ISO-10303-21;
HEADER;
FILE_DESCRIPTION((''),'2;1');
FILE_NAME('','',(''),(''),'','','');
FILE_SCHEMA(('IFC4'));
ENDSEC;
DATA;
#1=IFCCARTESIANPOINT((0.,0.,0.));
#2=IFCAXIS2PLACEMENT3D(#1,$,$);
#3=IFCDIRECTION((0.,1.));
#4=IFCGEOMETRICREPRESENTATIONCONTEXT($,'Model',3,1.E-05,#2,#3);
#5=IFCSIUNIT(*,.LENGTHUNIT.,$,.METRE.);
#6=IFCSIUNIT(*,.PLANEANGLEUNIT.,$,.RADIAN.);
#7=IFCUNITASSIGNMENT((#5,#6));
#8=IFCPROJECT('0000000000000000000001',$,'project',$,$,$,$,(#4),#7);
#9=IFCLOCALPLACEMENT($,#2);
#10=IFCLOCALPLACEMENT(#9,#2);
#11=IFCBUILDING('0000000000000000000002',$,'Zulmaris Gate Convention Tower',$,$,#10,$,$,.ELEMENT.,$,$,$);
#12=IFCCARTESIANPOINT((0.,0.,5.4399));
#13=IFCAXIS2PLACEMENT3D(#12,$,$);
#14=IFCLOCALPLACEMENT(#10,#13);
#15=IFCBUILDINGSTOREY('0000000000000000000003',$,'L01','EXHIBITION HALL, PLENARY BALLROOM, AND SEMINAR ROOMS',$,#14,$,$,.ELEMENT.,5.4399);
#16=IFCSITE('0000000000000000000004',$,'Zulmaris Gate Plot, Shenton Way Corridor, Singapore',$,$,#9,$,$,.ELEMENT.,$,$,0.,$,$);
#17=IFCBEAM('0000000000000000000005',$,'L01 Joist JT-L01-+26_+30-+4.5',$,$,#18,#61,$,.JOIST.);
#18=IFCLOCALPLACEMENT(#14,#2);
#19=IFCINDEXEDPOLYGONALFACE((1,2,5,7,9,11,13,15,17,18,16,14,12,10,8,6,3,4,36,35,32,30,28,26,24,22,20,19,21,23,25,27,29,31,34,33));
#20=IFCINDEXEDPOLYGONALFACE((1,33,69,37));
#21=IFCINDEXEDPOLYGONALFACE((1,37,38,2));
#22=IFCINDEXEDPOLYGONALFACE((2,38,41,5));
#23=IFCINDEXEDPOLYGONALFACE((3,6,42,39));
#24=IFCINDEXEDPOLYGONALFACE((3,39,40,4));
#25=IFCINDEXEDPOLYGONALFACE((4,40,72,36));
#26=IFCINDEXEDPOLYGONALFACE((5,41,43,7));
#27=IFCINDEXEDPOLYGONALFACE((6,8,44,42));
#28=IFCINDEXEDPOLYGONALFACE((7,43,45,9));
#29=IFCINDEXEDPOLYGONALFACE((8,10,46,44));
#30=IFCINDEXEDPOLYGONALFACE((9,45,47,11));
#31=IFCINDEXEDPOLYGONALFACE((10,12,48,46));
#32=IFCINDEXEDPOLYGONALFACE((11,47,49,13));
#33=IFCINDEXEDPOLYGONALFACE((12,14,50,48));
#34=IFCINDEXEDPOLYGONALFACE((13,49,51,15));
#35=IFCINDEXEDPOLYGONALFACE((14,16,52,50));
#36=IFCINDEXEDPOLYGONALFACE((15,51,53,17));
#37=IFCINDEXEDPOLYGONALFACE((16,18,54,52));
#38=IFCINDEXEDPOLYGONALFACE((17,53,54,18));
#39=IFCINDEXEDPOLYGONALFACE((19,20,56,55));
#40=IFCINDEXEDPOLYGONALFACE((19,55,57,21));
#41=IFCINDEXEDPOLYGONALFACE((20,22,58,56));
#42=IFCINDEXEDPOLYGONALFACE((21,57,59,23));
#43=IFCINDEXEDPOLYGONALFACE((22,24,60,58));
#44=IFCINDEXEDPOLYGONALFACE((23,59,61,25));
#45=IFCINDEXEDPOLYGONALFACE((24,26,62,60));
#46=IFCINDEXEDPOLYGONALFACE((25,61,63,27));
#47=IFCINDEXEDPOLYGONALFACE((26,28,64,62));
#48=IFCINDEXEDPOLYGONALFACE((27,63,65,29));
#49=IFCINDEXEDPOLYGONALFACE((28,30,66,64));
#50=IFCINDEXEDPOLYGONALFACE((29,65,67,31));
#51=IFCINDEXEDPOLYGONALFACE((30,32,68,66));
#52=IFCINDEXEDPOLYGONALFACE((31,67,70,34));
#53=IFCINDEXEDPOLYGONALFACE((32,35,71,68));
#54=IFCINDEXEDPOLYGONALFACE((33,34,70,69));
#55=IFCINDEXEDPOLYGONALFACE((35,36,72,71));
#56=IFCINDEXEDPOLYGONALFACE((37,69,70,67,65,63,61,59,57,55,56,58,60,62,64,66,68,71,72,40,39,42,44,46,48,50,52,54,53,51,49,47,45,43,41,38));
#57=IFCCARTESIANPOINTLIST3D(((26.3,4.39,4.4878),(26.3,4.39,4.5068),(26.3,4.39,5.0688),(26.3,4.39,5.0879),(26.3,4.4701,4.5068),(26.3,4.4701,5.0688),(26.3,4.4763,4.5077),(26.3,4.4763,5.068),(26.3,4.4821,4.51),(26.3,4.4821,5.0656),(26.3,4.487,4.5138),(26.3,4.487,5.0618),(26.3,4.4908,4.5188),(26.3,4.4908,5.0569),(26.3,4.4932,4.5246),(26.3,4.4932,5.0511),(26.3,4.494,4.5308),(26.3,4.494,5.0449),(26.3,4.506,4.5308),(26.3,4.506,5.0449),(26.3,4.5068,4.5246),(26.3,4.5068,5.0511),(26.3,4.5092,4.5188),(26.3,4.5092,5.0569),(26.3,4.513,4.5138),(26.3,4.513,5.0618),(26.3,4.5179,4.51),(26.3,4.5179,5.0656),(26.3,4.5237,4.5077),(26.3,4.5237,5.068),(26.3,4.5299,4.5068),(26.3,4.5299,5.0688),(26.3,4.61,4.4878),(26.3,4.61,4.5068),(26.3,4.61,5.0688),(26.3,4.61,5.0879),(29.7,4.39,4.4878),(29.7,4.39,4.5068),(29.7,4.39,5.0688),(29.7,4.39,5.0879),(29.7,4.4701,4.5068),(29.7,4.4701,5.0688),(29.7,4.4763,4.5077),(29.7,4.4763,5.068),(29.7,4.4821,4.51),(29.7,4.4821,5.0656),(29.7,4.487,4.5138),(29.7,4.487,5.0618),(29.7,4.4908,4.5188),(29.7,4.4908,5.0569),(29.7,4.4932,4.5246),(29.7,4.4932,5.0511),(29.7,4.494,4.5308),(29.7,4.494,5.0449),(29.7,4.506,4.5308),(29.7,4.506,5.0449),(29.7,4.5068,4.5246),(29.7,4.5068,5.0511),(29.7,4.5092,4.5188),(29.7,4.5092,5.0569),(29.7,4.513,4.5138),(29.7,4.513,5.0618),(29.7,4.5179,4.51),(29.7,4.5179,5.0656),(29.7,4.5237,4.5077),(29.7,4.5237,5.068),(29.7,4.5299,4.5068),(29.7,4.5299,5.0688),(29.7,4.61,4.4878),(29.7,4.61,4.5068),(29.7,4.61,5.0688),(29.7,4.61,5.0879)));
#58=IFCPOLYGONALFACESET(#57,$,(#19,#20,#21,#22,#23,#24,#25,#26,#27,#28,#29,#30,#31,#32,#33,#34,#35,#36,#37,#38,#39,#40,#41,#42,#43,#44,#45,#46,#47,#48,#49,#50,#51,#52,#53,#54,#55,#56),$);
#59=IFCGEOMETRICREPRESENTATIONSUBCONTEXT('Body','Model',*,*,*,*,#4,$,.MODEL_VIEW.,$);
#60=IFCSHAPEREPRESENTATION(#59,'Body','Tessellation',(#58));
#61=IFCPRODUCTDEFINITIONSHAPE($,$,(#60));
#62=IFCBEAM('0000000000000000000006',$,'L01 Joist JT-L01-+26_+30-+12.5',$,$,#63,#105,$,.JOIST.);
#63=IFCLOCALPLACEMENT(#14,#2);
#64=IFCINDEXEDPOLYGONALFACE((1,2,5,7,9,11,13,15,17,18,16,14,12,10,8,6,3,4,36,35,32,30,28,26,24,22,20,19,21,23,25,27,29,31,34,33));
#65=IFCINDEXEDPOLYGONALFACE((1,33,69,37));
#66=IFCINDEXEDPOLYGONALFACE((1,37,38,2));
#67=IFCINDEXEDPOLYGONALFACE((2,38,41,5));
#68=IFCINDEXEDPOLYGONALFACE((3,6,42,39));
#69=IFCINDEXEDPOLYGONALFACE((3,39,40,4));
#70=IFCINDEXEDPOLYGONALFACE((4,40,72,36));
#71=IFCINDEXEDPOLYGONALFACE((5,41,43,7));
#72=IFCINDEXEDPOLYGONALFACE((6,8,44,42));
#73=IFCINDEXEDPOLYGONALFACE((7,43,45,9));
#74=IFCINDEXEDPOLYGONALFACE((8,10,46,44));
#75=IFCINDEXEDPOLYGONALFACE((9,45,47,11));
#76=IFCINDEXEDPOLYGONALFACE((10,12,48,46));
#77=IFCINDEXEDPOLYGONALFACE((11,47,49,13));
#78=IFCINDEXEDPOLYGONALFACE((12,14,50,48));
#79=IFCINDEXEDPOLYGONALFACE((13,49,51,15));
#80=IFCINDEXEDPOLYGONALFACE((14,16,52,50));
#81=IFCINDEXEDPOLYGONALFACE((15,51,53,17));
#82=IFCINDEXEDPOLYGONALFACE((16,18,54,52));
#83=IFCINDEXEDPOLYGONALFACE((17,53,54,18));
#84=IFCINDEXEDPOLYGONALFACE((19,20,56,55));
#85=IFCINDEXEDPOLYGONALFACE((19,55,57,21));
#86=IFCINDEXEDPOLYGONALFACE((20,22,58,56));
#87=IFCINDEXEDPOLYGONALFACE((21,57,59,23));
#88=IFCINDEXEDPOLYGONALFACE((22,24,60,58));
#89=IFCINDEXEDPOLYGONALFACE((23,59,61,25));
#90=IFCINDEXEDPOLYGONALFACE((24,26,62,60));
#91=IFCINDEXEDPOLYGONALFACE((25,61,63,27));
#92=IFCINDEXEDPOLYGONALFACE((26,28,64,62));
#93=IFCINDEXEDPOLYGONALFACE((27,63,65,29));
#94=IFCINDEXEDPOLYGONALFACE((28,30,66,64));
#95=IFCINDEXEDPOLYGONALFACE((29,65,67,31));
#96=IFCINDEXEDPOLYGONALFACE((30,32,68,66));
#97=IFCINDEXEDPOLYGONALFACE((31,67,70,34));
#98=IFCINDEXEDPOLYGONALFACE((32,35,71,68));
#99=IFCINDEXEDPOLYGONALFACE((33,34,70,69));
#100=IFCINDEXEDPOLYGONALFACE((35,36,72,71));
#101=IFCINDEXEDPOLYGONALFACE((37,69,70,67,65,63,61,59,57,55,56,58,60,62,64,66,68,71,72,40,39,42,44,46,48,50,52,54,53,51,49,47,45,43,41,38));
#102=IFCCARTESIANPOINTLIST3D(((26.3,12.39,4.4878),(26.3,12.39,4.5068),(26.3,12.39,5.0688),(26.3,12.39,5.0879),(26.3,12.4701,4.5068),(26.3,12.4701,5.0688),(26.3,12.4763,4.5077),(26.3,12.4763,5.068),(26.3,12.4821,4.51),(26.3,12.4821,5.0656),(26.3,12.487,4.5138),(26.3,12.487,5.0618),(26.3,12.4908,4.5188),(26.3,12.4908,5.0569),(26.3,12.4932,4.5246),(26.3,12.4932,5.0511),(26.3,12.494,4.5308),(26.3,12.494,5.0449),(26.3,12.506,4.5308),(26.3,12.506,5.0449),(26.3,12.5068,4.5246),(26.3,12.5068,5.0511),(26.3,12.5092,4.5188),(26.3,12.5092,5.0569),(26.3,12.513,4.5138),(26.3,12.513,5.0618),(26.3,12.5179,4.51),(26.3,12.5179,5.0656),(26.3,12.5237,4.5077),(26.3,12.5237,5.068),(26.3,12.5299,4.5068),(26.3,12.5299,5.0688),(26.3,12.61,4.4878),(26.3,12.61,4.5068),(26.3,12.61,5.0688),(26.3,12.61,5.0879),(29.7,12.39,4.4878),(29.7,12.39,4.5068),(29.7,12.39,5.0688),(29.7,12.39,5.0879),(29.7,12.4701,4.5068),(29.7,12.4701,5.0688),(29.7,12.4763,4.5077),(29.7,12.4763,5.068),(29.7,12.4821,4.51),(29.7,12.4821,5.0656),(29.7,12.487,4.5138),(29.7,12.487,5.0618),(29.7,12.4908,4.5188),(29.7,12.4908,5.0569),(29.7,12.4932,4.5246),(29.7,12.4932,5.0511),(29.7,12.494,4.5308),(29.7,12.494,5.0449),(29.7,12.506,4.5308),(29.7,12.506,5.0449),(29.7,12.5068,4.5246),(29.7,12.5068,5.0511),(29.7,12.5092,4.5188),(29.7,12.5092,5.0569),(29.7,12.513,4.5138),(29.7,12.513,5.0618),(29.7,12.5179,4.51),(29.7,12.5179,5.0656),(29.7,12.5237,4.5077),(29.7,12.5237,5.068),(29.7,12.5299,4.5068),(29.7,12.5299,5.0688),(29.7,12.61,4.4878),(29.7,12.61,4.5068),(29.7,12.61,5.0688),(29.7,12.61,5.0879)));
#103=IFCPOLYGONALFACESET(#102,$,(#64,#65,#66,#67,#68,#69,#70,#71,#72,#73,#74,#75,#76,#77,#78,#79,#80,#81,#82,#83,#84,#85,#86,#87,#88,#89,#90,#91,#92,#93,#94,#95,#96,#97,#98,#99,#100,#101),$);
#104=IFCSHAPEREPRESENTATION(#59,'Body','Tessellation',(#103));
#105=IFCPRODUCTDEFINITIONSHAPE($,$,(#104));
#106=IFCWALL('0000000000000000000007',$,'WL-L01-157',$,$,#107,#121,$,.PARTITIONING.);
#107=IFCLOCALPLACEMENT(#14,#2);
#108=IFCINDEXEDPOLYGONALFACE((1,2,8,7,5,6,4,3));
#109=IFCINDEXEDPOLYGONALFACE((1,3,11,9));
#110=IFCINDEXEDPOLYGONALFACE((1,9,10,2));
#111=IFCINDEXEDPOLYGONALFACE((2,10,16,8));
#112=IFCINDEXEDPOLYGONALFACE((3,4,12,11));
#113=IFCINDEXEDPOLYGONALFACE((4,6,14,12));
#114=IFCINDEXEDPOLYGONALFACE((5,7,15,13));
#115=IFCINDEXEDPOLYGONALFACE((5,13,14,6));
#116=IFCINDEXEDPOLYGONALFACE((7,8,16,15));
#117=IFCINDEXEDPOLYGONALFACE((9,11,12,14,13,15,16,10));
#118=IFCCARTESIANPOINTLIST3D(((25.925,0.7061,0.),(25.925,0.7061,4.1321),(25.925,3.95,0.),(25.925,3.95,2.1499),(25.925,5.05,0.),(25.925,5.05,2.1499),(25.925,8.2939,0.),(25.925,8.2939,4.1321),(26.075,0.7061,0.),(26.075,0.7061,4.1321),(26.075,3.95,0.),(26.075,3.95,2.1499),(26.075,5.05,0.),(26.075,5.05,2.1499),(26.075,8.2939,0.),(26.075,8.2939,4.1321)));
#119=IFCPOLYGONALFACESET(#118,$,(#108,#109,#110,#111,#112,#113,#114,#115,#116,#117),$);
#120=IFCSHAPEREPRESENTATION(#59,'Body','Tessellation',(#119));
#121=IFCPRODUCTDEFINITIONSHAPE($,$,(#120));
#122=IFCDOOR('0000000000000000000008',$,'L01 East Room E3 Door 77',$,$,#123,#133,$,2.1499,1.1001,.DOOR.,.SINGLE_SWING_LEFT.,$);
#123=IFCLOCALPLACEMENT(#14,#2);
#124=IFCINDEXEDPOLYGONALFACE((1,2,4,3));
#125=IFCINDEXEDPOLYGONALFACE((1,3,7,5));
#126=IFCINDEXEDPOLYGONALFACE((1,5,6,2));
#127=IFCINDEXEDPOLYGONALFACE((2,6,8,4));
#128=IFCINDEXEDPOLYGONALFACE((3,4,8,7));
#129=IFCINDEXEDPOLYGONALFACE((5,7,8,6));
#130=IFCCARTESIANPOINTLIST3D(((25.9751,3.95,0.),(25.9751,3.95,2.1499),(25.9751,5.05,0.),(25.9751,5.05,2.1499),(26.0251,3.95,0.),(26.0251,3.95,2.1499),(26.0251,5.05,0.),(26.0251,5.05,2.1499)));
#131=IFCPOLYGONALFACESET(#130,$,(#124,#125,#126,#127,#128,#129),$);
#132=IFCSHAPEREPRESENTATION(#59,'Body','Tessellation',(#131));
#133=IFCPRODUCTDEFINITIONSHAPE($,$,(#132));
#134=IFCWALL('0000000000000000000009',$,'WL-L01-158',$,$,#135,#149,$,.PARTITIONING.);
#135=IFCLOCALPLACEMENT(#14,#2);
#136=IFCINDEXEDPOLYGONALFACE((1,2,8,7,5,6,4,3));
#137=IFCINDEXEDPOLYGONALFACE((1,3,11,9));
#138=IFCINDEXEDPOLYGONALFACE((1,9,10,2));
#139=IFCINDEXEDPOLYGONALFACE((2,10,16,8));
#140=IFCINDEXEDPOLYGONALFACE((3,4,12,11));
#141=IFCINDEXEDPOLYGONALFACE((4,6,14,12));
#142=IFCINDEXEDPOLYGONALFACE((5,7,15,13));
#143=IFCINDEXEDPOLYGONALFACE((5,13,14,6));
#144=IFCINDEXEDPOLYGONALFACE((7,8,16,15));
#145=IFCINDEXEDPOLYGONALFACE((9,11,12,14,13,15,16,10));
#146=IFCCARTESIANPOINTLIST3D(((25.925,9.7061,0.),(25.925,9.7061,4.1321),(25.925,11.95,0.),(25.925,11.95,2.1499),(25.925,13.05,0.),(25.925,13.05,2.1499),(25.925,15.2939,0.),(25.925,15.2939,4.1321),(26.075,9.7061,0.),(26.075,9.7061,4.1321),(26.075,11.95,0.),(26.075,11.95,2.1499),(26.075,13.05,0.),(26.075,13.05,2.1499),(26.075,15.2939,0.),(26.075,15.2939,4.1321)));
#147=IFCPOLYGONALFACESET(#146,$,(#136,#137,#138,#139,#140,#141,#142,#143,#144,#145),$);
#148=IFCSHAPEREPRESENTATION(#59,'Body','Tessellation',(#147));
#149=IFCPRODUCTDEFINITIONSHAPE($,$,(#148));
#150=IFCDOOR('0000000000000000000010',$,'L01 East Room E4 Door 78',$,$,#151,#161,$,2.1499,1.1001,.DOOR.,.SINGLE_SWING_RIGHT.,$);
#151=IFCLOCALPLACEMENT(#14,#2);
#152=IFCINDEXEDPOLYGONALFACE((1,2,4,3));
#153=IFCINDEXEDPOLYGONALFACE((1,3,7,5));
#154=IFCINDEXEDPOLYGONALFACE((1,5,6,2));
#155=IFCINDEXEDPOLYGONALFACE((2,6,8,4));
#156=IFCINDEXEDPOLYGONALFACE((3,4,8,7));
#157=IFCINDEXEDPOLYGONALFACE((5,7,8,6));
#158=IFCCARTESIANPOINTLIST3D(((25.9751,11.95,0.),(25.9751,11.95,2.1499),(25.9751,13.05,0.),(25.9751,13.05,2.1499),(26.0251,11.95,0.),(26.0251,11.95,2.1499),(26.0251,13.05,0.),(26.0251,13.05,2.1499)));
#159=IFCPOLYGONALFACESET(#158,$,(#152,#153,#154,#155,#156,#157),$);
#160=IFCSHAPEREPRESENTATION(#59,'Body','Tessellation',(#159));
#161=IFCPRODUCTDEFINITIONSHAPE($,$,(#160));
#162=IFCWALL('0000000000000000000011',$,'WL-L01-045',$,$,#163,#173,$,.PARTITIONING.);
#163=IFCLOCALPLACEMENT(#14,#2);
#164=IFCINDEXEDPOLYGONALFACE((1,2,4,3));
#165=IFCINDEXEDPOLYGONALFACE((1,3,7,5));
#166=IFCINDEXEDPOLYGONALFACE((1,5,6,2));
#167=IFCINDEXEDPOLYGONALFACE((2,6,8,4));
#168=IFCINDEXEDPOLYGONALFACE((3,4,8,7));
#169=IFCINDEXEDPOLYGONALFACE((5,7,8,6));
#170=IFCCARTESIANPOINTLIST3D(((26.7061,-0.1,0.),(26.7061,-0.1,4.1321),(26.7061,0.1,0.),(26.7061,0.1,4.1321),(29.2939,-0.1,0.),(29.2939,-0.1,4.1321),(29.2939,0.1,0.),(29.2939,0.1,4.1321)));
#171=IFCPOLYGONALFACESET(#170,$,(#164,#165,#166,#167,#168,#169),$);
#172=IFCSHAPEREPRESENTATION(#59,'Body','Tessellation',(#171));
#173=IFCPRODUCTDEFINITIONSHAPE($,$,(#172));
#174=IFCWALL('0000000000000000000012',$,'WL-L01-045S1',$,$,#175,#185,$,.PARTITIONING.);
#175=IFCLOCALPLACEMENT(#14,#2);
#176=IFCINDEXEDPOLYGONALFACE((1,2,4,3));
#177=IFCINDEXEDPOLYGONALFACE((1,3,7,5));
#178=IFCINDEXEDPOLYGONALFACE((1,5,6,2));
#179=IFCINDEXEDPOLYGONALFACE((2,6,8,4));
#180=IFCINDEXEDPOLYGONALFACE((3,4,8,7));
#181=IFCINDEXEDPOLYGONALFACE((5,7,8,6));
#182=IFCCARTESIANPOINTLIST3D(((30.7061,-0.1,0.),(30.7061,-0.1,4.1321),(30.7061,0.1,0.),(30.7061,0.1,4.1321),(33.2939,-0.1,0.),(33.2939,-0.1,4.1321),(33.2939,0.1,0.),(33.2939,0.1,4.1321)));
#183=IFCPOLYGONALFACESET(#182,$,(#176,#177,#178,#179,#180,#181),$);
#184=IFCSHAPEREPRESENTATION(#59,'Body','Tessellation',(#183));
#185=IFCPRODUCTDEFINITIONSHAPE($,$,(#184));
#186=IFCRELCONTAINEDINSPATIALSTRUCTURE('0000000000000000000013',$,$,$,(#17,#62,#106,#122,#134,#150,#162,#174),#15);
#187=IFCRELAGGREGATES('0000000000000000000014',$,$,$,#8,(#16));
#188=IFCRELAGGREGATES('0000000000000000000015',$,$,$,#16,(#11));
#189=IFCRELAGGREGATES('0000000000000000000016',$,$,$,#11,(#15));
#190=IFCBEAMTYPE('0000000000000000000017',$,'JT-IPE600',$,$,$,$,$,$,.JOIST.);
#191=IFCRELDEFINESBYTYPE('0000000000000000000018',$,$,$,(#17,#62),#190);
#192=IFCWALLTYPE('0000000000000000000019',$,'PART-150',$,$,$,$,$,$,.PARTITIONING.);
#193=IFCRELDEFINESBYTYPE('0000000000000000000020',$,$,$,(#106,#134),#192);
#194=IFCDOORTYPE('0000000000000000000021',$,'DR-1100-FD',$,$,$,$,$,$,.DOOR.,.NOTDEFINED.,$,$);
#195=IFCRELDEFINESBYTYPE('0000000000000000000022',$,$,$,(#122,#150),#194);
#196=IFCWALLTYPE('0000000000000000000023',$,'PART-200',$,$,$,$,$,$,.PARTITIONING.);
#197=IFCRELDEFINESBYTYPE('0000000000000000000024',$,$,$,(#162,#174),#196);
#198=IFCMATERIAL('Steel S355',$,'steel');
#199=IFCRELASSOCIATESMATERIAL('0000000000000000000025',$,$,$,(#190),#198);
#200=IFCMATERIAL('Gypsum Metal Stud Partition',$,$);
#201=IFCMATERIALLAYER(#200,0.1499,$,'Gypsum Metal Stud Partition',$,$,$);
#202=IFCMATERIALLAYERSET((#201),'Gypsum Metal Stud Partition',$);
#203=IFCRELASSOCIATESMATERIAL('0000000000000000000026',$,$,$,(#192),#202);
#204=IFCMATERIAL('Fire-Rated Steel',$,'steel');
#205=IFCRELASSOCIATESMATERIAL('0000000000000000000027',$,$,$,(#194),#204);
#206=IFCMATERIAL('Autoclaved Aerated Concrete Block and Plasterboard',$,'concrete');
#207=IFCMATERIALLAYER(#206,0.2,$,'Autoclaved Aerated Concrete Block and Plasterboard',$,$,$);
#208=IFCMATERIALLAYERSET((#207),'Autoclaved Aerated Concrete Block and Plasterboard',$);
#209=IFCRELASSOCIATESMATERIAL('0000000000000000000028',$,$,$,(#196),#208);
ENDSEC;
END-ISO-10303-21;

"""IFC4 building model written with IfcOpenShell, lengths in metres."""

from ifc_helpers import new_model, si_unit, direction, frame, frame_2d, origin, origin_2d, place, context, subcontext, project, spatial, rectangle, i_section, extrude, material, layer, layer_set, material_profile, profile_set, type_object, element, fill, save


model = new_model("IFC4")

# Units and contexts
model_context = context("Model", 3, precision=1e-05, world=origin(), true_north=direction((0.0, 1.0)))
body_context = subcontext(model_context, "Body", "Model", "MODEL_VIEW")
ifc_project = project(units=[si_unit("LENGTHUNIT", "METRE"), si_unit("PLANEANGLEUNIT", "RADIAN")], contexts=[model_context])

# Site, building, storey
site_placement = place(None, origin())
site = spatial("IfcSite", under=ifc_project, at=site_placement, Name="Zulmaris Gate Plot, Shenton Way Corridor, Singapore", CompositionType="ELEMENT", RefElevation=0.0)
building_placement = place(site_placement, origin())
building = spatial("IfcBuilding", under=site, at=building_placement, Name="Zulmaris Gate Convention Tower", CompositionType="ELEMENT")
storey_placement = place(building_placement, frame((0.0, 0.0, 5.4399)))
storey = spatial("IfcBuildingStorey", under=building, at=storey_placement, Name="L01", Description="EXHIBITION HALL, PLENARY BALLROOM, AND SEMINAR ROOMS", CompositionType="ELEMENT", Elevation=5.4399)

# Beams
ifc_material_1 = material(Name="Steel S355", Category="steel")
ifc_material_profile_1 = material_profile(ifc_material_1, i_section(OverallWidth=0.22, OverallDepth=0.6001, WebThickness=0.012, FlangeThickness=0.019, FilletRadius=0.0239, at=origin_2d()), Name="IPE 600")
ifc_profile_set_1 = profile_set([ifc_material_profile_1], Name="Steel S355")
beam_type_1 = type_object("IfcBeamType", Name="JT-IPE600", PredefinedType="JOIST", material=ifc_profile_set_1)
for number, where, z_axis, x_axis, name in (
    (1, (26.3, 4.5, 4.7878), (1.0, 0.0, 0.0), (0.0, 1.0, 0.0), "L01 Joist JT-L01-+26_+30-+4.5"),
    (2, (26.3, 12.5, 4.7878), (1.0, 0.0, 0.0), (0.0, 1.0, 0.0), "L01 Joist JT-L01-+26_+30-+12.5"),
):
    element("IfcBeam", number, at=place(storey_placement, frame(where, z_axis=z_axis, x_axis=x_axis)), inside=storey, type_object=beam_type_1, Name=name, PredefinedType="JOIST", context=body_context, shape_type="SweptSolid", body=[
        extrude(i_section(OverallWidth=0.22, OverallDepth=0.6001, WebThickness=0.012, FlangeThickness=0.019, FilletRadius=0.0239, at=origin_2d()), origin(), (0.0, 0.0, 1.0), 3.3999),
    ])

# Walls, openings, doors
ifc_material_2 = material(Name="Gypsum Metal Stud Partition")
ifc_layer_1 = layer(ifc_material_2, 0.1499, Name="Gypsum Metal Stud Partition")
ifc_layer_set_1 = layer_set([ifc_layer_1], Name="Gypsum Metal Stud Partition")
wall_type_1 = type_object("IfcWallType", Name="PART-150", PredefinedType="PARTITIONING", material=ifc_layer_set_1)
wall_1_placement = place(storey_placement, frame((26.0, 0.7061, 0.0), z_axis=(0.0, 0.0, 1.0), x_axis=(0.0, 1.0, 0.0)))
wall_1 = element("IfcWall", 3, at=wall_1_placement, inside=storey, type_object=wall_type_1, Name="WL-L01-157", PredefinedType="PARTITIONING", context=body_context, shape_type="SweptSolid", body=[
    extrude(rectangle(XDim=7.5879, YDim=0.1499, at=frame_2d((3.7939, 0.0))), origin(), (0.0, 0.0, 1.0), 4.1321),
])
opening_1_placement = place(wall_1_placement, frame((3.2439, 0.0, 0.0)))
opening_1 = element("IfcOpeningElement", 4, at=opening_1_placement, cuts=wall_1, PredefinedType="OPENING", context=body_context, shape_type="SweptSolid", body=[
    extrude(rectangle(XDim=1.1001, YDim=2.1499, at=frame_2d((0.55, 1.075))), frame((0.0, 0.085, 0.0), z_axis=(0.0, -1.0, 0.0), x_axis=(1.0, 0.0, 0.0)), (0.0, 0.0, 1.0), 0.1699),
])
ifc_material_3 = material(Name="Fire-Rated Steel", Category="steel")
door_type = type_object("IfcDoorType", Name="DR-1100-FD", OperationType="NOTDEFINED", PredefinedType="DOOR", material=ifc_material_3)
door_1_placement = place(opening_1_placement, origin())
door_1 = element("IfcDoor", 5, at=door_1_placement, inside=storey, type_object=door_type, Name="L01 East Room E3 Door 77", OperationType="SINGLE_SWING_LEFT", OverallHeight=2.1499, OverallWidth=1.1001, PredefinedType="DOOR", context=body_context, shape_type="SweptSolid", body=[
    extrude(rectangle(XDim=1.1001, YDim=2.1499, at=frame_2d((0.55, 1.075))), frame((0.0, 0.0249, 0.0), z_axis=(0.0, -1.0, 0.0), x_axis=(1.0, 0.0, 0.0)), (0.0, 0.0, 1.0), 0.05),
])
fill(opening_1, door_1)
wall_2_placement = place(storey_placement, frame((26.0, 9.7061, 0.0), z_axis=(0.0, 0.0, 1.0), x_axis=(0.0, 1.0, 0.0)))
wall_2 = element("IfcWall", 6, at=wall_2_placement, inside=storey, type_object=wall_type_1, Name="WL-L01-158", PredefinedType="PARTITIONING", context=body_context, shape_type="SweptSolid", body=[
    extrude(rectangle(XDim=5.5879, YDim=0.1499, at=frame_2d((2.7939, 0.0))), origin(), (0.0, 0.0, 1.0), 4.1321),
])
opening_2_placement = place(wall_2_placement, frame((2.2439, 0.0, 0.0)))
opening_2 = element("IfcOpeningElement", 7, at=opening_2_placement, cuts=wall_2, PredefinedType="OPENING", context=body_context, shape_type="SweptSolid", body=[
    extrude(rectangle(XDim=1.1001, YDim=2.1499, at=frame_2d((0.55, 1.075))), frame((0.0, 0.085, 0.0), z_axis=(0.0, -1.0, 0.0), x_axis=(1.0, 0.0, 0.0)), (0.0, 0.0, 1.0), 0.1699),
])
door_2_placement = place(opening_2_placement, origin())
door_2 = element("IfcDoor", 8, at=door_2_placement, inside=storey, type_object=door_type, Name="L01 East Room E4 Door 78", OperationType="SINGLE_SWING_RIGHT", OverallHeight=2.1499, OverallWidth=1.1001, PredefinedType="DOOR", context=body_context, shape_type="SweptSolid", body=[
    extrude(rectangle(XDim=1.1001, YDim=2.1499, at=frame_2d((0.55, 1.075))), frame((0.0, 0.0249, 0.0), z_axis=(0.0, -1.0, 0.0), x_axis=(1.0, 0.0, 0.0)), (0.0, 0.0, 1.0), 0.05),
])
fill(opening_2, door_2)

# Walls
ifc_material_4 = material(Name="Autoclaved Aerated Concrete Block and Plasterboard", Category="concrete")
ifc_layer_2 = layer(ifc_material_4, 0.2, Name="Autoclaved Aerated Concrete Block and Plasterboard")
ifc_layer_set_2 = layer_set([ifc_layer_2], Name="Autoclaved Aerated Concrete Block and Plasterboard")
wall_type_2 = type_object("IfcWallType", Name="PART-200", PredefinedType="PARTITIONING", material=ifc_layer_set_2)
for number, where, z_axis, x_axis, name in (
    (9, (26.7061, 0.0, 0.0), (0.0, 0.0, 1.0), (1.0, 0.0, 0.0), "WL-L01-045"),
    (10, (30.7061, 0.0, 0.0), (0.0, 0.0, 1.0), (1.0, 0.0, 0.0), "WL-L01-045S1"),
):
    element("IfcWall", number, at=place(storey_placement, frame(where, z_axis=z_axis, x_axis=x_axis)), inside=storey, type_object=wall_type_2, Name=name, PredefinedType="PARTITIONING", context=body_context, shape_type="SweptSolid", body=[
        extrude(rectangle(XDim=2.5879, YDim=0.2, at=frame_2d((1.2939, 0.0))), origin(), (0.0, 0.0, 1.0), 4.1321),
    ])

save(model, "model.ifc")
